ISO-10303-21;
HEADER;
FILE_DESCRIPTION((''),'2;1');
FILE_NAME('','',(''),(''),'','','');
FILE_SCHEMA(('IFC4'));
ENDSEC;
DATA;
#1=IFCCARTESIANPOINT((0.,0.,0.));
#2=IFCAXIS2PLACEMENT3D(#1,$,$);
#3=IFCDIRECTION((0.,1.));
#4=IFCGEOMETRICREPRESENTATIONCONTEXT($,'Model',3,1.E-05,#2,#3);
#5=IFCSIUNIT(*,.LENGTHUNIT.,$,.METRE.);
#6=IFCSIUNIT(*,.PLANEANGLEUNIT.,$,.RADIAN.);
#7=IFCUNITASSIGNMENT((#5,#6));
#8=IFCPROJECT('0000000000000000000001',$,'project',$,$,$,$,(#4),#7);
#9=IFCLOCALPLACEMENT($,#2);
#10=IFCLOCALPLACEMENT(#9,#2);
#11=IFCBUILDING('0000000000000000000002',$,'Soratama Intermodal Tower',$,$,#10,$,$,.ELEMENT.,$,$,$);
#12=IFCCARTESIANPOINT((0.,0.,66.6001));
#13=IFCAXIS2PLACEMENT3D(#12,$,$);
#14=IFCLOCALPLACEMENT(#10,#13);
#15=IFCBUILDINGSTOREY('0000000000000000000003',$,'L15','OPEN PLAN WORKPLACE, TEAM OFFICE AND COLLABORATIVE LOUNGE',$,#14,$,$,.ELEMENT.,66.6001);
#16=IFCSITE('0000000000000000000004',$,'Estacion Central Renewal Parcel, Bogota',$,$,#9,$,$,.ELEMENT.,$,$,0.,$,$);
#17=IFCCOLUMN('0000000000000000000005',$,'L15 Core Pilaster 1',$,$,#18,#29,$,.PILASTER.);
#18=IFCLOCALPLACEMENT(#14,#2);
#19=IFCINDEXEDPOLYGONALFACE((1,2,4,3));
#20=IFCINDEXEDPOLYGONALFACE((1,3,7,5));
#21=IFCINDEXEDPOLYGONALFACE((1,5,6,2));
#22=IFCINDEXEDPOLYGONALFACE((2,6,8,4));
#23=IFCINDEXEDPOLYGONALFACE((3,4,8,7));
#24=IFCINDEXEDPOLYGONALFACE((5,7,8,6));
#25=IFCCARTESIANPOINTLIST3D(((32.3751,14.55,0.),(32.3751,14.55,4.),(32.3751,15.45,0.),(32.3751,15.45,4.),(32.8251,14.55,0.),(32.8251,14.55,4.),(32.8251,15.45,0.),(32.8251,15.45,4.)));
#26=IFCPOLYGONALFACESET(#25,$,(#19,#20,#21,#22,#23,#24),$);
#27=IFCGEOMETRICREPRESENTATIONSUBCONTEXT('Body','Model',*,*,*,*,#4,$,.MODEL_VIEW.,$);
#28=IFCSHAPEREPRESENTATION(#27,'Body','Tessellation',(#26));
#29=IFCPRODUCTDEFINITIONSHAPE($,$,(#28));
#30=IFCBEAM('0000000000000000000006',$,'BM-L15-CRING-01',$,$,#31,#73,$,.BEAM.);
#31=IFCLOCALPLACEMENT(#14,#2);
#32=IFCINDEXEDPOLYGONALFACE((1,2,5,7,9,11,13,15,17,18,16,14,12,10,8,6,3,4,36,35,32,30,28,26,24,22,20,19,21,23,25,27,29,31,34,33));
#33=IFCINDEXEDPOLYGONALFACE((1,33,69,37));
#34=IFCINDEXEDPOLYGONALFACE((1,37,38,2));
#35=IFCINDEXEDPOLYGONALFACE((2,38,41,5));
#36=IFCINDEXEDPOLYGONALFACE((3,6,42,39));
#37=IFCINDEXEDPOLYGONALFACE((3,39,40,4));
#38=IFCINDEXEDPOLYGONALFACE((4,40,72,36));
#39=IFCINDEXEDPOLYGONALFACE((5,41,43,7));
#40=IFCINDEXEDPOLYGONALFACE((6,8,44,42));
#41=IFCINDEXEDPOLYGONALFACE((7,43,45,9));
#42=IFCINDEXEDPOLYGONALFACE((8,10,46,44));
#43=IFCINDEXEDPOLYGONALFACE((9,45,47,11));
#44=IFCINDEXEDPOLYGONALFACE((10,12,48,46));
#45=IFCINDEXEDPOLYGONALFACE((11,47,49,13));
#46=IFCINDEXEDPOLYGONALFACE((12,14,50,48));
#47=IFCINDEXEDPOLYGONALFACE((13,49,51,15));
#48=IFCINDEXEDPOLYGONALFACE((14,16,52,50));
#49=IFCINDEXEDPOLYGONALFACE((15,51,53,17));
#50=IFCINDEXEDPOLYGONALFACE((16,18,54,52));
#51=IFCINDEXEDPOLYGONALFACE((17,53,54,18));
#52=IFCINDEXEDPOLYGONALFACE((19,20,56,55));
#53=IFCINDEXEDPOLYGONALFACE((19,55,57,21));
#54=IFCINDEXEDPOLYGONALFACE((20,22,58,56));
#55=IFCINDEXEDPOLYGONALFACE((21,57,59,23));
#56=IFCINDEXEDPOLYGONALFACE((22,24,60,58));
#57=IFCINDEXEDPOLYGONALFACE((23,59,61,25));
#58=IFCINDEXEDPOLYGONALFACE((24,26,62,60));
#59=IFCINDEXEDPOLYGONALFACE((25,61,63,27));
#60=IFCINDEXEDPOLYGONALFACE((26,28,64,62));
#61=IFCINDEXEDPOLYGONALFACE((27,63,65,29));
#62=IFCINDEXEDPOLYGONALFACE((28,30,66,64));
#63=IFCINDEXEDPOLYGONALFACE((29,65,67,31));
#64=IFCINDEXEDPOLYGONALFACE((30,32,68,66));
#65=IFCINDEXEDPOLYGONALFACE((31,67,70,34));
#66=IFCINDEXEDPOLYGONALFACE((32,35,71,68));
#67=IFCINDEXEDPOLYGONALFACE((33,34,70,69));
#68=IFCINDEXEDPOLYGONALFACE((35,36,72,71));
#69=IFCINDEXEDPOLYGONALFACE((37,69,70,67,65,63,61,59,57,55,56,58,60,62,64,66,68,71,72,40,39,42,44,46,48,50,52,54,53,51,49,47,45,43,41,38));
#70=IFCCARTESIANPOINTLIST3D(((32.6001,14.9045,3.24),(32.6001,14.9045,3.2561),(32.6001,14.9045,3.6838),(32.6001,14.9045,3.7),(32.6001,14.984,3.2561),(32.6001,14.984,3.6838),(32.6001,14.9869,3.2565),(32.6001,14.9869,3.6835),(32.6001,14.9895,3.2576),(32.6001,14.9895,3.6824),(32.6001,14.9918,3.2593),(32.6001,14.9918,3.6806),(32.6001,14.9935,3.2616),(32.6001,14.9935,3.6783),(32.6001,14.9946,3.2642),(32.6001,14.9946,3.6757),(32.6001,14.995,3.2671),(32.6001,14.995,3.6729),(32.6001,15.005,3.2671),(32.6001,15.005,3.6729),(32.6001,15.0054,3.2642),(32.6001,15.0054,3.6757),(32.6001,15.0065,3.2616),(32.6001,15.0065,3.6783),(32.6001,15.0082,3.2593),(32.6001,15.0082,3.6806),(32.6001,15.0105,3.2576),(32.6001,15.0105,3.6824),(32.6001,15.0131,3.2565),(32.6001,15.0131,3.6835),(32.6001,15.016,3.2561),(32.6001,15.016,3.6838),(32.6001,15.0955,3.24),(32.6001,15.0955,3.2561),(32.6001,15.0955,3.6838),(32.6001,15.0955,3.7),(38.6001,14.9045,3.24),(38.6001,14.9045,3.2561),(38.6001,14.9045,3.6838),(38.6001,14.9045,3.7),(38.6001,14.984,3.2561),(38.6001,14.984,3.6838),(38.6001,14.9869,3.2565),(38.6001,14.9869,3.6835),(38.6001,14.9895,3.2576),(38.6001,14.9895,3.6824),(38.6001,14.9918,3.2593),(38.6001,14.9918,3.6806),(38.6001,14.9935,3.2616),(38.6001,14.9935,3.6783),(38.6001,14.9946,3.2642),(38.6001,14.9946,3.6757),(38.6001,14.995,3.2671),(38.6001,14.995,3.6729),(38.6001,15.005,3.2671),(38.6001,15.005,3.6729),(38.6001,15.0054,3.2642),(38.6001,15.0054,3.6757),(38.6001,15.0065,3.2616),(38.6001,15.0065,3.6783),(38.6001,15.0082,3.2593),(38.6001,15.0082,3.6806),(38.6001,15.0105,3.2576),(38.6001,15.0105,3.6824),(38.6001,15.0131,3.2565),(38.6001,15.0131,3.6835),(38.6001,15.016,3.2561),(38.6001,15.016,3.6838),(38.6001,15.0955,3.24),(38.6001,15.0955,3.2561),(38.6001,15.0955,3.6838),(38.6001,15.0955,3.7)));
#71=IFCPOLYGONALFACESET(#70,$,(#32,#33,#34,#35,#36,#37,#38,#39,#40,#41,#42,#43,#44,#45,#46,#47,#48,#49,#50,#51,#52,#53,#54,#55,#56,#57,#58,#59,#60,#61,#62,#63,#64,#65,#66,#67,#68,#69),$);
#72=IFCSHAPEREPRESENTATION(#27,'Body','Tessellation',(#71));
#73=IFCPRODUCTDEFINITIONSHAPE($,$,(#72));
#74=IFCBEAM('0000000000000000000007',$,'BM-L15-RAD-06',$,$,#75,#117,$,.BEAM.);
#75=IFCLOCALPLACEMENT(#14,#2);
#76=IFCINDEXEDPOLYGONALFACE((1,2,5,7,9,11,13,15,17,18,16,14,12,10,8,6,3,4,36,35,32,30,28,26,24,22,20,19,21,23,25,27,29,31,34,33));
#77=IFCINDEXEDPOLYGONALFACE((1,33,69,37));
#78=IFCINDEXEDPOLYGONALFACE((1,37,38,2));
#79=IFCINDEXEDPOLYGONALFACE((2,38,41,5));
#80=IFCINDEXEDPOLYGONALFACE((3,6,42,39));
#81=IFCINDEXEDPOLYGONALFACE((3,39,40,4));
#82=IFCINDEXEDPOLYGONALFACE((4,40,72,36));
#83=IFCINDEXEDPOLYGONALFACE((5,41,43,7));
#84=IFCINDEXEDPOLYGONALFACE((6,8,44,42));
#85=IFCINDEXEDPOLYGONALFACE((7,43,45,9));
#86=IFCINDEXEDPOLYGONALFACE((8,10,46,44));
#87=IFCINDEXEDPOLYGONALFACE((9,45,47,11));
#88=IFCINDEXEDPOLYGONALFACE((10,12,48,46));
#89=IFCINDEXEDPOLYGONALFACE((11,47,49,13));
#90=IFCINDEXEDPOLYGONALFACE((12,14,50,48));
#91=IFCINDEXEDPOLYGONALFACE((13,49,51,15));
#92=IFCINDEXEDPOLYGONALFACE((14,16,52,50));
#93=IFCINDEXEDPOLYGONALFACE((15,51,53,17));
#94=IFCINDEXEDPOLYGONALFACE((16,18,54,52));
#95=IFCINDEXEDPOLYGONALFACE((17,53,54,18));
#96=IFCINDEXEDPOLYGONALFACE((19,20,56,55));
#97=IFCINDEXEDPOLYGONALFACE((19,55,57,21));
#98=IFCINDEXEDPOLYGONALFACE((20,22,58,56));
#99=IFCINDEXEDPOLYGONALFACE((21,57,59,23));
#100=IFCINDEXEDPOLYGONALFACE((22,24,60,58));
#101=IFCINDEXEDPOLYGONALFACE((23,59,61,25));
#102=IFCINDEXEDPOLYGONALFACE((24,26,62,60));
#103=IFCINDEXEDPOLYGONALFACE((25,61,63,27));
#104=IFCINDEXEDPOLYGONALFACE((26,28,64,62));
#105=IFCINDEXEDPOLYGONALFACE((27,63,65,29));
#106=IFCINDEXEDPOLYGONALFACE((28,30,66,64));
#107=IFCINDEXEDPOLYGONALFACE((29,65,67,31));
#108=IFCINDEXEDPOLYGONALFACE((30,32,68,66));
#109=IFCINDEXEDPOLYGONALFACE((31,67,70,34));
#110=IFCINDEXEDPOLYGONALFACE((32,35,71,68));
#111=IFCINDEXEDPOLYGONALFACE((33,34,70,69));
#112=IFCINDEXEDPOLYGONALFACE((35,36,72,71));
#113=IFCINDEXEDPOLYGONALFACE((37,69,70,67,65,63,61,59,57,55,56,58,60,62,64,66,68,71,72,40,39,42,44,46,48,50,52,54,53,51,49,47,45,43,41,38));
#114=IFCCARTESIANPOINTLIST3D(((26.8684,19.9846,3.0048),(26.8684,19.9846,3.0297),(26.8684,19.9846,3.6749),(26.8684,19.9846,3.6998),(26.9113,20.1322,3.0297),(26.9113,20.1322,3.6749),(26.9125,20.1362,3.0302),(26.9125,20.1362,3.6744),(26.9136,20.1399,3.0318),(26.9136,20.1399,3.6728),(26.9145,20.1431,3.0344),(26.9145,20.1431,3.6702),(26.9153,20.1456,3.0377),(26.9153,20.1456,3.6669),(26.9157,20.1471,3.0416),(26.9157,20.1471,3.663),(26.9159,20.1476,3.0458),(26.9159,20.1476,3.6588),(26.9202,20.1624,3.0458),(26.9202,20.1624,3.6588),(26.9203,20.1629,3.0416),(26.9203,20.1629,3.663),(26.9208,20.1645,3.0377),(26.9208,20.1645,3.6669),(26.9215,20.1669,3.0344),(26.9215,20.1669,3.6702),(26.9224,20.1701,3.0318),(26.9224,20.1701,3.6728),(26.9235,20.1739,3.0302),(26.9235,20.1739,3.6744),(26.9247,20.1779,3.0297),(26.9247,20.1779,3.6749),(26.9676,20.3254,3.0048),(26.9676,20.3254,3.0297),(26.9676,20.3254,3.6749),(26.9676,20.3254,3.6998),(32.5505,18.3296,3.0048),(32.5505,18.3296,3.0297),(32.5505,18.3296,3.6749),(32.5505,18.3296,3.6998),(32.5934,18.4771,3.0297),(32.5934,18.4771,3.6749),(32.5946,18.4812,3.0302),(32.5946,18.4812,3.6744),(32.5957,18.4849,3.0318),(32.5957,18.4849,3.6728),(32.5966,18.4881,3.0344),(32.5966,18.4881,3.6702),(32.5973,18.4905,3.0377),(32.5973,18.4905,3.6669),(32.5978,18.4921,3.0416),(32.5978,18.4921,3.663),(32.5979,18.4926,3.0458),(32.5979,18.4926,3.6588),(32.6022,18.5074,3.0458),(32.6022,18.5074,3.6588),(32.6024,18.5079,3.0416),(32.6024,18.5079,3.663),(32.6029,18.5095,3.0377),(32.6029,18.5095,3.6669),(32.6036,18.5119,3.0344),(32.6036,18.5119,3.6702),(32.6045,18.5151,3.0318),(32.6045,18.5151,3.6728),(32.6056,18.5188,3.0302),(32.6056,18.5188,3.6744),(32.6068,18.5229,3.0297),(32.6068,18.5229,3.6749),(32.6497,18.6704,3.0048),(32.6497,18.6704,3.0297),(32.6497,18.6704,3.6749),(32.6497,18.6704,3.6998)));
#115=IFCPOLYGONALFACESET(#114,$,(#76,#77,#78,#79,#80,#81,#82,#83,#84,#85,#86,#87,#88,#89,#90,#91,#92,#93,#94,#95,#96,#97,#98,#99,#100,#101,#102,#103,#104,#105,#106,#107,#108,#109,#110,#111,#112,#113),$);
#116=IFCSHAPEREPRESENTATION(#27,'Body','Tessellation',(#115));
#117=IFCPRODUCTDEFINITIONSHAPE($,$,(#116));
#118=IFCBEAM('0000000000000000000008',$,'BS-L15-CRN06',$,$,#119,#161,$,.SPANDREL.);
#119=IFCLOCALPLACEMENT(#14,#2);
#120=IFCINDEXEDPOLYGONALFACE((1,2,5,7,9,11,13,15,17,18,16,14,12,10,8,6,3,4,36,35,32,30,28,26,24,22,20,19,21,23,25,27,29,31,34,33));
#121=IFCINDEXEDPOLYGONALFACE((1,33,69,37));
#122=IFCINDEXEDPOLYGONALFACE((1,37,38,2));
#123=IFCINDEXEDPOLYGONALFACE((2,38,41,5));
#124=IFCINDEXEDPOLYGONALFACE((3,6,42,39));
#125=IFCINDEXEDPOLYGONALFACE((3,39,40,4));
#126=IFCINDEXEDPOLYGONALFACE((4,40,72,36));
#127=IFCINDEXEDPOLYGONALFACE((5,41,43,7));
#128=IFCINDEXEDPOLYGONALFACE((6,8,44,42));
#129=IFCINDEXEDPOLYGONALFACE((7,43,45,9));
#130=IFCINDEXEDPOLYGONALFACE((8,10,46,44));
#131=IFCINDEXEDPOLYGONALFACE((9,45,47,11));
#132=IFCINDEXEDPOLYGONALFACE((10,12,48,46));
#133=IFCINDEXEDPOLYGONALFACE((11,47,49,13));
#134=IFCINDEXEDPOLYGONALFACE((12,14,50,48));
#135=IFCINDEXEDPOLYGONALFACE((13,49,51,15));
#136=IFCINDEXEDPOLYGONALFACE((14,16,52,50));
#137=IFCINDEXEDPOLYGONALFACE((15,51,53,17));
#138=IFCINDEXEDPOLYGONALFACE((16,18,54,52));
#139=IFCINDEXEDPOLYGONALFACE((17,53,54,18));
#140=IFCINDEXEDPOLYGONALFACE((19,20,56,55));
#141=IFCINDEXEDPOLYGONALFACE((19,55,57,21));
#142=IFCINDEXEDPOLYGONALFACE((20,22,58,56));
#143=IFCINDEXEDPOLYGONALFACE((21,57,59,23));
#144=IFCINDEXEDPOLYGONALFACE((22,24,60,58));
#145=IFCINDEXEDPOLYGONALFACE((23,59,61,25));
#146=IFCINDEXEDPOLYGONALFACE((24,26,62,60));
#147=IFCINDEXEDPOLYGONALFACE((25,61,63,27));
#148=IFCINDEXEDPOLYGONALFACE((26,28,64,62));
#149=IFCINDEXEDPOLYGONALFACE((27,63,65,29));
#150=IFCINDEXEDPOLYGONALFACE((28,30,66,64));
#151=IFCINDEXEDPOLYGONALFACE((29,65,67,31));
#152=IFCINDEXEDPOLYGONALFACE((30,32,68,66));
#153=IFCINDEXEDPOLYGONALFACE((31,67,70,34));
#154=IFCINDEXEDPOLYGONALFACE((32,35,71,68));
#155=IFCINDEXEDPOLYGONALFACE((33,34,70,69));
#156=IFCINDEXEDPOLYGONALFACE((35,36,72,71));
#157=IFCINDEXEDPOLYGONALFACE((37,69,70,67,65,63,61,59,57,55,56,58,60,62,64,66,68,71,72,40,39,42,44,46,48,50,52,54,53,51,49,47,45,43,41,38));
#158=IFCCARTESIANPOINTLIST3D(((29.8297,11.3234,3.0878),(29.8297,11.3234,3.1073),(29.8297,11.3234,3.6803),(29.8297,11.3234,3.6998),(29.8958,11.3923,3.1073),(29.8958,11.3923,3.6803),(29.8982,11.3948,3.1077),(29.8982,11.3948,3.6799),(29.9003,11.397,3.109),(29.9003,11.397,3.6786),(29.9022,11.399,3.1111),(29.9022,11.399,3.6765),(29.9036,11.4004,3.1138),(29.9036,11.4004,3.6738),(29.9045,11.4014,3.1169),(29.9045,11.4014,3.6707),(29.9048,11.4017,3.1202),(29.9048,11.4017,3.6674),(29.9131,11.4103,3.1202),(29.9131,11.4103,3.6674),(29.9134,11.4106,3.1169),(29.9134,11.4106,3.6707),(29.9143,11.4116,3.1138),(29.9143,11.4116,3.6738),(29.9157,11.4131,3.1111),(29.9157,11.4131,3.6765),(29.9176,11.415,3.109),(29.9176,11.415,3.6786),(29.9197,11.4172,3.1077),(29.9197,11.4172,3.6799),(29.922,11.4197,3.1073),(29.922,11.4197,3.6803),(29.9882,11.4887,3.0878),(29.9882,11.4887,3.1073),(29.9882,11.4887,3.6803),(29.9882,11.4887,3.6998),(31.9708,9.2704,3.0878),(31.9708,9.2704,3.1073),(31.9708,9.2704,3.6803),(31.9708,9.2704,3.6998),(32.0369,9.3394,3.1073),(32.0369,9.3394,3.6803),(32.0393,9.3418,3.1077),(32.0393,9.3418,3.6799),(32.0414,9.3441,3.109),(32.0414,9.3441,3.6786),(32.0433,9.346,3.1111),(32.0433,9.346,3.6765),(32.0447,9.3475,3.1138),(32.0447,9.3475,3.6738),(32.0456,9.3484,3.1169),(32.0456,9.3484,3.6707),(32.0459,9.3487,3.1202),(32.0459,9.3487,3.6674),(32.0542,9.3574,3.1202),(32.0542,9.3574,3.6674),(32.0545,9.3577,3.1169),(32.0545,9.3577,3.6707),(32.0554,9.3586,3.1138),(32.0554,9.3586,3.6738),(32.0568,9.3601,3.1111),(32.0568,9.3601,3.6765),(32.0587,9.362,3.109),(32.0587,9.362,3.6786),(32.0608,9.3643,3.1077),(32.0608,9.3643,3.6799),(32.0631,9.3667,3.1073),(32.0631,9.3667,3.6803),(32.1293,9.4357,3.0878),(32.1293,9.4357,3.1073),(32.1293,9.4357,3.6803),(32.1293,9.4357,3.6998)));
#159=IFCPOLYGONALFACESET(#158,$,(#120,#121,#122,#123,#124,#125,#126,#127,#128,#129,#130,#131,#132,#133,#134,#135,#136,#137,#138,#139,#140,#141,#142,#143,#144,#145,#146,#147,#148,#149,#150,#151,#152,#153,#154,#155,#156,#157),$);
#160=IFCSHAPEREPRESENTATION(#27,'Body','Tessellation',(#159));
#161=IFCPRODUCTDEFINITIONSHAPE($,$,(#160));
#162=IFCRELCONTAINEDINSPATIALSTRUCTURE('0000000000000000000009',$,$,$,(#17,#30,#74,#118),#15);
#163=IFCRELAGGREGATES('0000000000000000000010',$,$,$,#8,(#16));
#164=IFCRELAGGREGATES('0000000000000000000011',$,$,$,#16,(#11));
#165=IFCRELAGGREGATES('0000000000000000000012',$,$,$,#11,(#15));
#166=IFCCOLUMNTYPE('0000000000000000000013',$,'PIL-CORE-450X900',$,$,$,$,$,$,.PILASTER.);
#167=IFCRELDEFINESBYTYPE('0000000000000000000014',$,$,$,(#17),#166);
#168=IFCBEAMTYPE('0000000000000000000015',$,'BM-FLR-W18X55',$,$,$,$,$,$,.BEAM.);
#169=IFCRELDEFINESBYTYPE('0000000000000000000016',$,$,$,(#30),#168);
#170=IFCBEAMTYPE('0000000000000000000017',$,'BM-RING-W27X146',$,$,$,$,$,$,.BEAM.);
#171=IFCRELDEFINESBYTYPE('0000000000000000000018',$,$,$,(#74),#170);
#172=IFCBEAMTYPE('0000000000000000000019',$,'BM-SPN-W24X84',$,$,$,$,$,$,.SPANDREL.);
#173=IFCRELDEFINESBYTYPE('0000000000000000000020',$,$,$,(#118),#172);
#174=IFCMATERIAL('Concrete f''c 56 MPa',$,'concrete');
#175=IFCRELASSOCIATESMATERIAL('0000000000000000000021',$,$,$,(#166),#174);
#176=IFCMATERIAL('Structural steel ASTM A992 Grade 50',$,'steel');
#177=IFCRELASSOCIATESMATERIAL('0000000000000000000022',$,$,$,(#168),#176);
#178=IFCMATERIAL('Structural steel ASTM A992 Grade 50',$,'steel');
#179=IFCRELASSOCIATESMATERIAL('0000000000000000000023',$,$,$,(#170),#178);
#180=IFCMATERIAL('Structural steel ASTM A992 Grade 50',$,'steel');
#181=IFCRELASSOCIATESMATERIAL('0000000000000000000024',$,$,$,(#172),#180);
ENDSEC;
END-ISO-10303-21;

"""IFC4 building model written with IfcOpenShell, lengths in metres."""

from ifc_helpers import new_model, si_unit, direction, frame, origin, origin_2d, place, context, subcontext, project, spatial, rectangle, i_section, extrude, material, material_profile, profile_set, type_object, element, save


model = new_model("IFC4")

# Units and contexts
model_context = context("Model", 3, precision=1e-05, world=origin(), true_north=direction((0.0, 1.0)))
body_context = subcontext(model_context, "Body", "Model", "MODEL_VIEW")
ifc_project = project(units=[si_unit("LENGTHUNIT", "METRE"), si_unit("PLANEANGLEUNIT", "RADIAN")], contexts=[model_context])

# Site, building, storey
site_placement = place(None, origin())
site = spatial("IfcSite", under=ifc_project, at=site_placement, Name="Estacion Central Renewal Parcel, Bogota", CompositionType="ELEMENT", RefElevation=0.0)
building_placement = place(site_placement, origin())
building = spatial("IfcBuilding", under=site, at=building_placement, Name="Soratama Intermodal Tower", CompositionType="ELEMENT")
storey_placement = place(building_placement, frame((0.0, 0.0, 66.6001)))
storey = spatial("IfcBuildingStorey", under=building, at=storey_placement, Name="L15", Description="OPEN PLAN WORKPLACE, TEAM OFFICE AND COLLABORATIVE LOUNGE", CompositionType="ELEMENT", Elevation=66.6001)

# Column
ifc_material_1 = material(Name="Concrete f'c 56 MPa", Category="concrete")
ifc_material_profile_1 = material_profile(ifc_material_1, rectangle(XDim=0.45, YDim=0.8999, at=origin_2d()), Name="RC450X900")
ifc_profile_set_1 = profile_set([ifc_material_profile_1], Name="Concrete f'c 56 MPa")
column_type = type_object("IfcColumnType", Name="PIL-CORE-450X900", PredefinedType="PILASTER", material=ifc_profile_set_1)
column_placement = place(storey_placement, frame((32.6001, 15.0, 0.0), z_axis=(0.0, 0.0, 1.0), x_axis=(1.0, 0.0, 0.0)))
element("IfcColumn", 1, at=column_placement, inside=storey, type_object=column_type, Name="L15 Core Pilaster 1", PredefinedType="PILASTER", context=body_context, shape_type="SweptSolid", body=[
    extrude(rectangle(XDim=0.45, YDim=0.8999, at=origin_2d()), origin(), (0.0, 0.0, 1.0), 4.0),
])

# Beams
ifc_material_2 = material(Name="Structural steel ASTM A992 Grade 50", Category="steel")
ifc_material_profile_2 = material_profile(ifc_material_2, i_section(OverallWidth=0.1909, OverallDepth=0.46, WebThickness=0.01, FlangeThickness=0.0161, FilletRadius=0.011, at=origin_2d()), Name="W18X55")
ifc_profile_set_2 = profile_set([ifc_material_profile_2], Name="Structural steel ASTM A992 Grade 50")
beam_type_1 = type_object("IfcBeamType", Name="BM-FLR-W18X55", PredefinedType="BEAM", material=ifc_profile_set_2)
beam_1_placement = place(storey_placement, frame((32.6001, 15.0, 3.47), z_axis=(1.0, 0.0, 0.0), x_axis=(0.0, 1.0, 0.0)))
element("IfcBeam", 2, at=beam_1_placement, inside=storey, type_object=beam_type_1, Name="BM-L15-CRING-01", PredefinedType="BEAM", context=body_context, shape_type="SweptSolid", body=[
    extrude(i_section(OverallWidth=0.1909, OverallDepth=0.46, WebThickness=0.01, FlangeThickness=0.0161, FilletRadius=0.011, at=origin_2d()), origin(), (0.0, 0.0, 1.0), 6.0),
])
ifc_material_3 = material(Name="Structural steel ASTM A992 Grade 50", Category="steel")
ifc_material_profile_3 = material_profile(ifc_material_3, i_section(OverallWidth=0.355, OverallDepth=0.6951, WebThickness=0.0154, FlangeThickness=0.0249, FilletRadius=0.0161, at=origin_2d()), Name="W27X146")
ifc_profile_set_3 = profile_set([ifc_material_profile_3], Name="Structural steel ASTM A992 Grade 50")
beam_type_2 = type_object("IfcBeamType", Name="BM-RING-W27X146", PredefinedType="BEAM", material=ifc_profile_set_3)
beam_2_placement = place(storey_placement, frame((32.6001, 18.5, 3.3523), z_axis=(-0.960103, 0.279648, 0.0), x_axis=(-0.279648, -0.960103, 0.0)))
element("IfcBeam", 3, at=beam_2_placement, inside=storey, type_object=beam_type_2, Name="BM-L15-RAD-06", PredefinedType="BEAM", context=body_context, shape_type="SweptSolid", body=[
    extrude(i_section(OverallWidth=0.355, OverallDepth=0.6951, WebThickness=0.0154, FlangeThickness=0.0249, FilletRadius=0.0161, at=origin_2d()), origin(), (0.0, 0.0, 1.0), 5.9182),
])
ifc_material_4 = material(Name="Structural steel ASTM A992 Grade 50", Category="steel")
ifc_material_profile_4 = material_profile(ifc_material_4, i_section(OverallWidth=0.229, OverallDepth=0.6121, WebThickness=0.012, FlangeThickness=0.0195, FilletRadius=0.0129, at=origin_2d()), Name="W24X84")
ifc_profile_set_4 = profile_set([ifc_material_profile_4], Name="Structural steel ASTM A992 Grade 50")
beam_type_3 = type_object("IfcBeamType", Name="BM-SPN-W24X84", PredefinedType="SPANDREL", material=ifc_profile_set_4)
beam_3_placement = place(storey_placement, frame((29.9089, 11.406, 3.3938), z_axis=(0.721807, -0.692095, 0.0), x_axis=(0.692095, 0.721807, 0.0)))
element("IfcBeam", 4, at=beam_3_placement, inside=storey, type_object=beam_type_3, Name="BS-L15-CRN06", PredefinedType="SPANDREL", context=body_context, shape_type="SweptSolid", body=[
    extrude(i_section(OverallWidth=0.229, OverallDepth=0.6121, WebThickness=0.012, FlangeThickness=0.0195, FilletRadius=0.0129, at=origin_2d()), origin(), (0.0, 0.0, 1.0), 2.9663),
])

save(model, "model.ifc")
